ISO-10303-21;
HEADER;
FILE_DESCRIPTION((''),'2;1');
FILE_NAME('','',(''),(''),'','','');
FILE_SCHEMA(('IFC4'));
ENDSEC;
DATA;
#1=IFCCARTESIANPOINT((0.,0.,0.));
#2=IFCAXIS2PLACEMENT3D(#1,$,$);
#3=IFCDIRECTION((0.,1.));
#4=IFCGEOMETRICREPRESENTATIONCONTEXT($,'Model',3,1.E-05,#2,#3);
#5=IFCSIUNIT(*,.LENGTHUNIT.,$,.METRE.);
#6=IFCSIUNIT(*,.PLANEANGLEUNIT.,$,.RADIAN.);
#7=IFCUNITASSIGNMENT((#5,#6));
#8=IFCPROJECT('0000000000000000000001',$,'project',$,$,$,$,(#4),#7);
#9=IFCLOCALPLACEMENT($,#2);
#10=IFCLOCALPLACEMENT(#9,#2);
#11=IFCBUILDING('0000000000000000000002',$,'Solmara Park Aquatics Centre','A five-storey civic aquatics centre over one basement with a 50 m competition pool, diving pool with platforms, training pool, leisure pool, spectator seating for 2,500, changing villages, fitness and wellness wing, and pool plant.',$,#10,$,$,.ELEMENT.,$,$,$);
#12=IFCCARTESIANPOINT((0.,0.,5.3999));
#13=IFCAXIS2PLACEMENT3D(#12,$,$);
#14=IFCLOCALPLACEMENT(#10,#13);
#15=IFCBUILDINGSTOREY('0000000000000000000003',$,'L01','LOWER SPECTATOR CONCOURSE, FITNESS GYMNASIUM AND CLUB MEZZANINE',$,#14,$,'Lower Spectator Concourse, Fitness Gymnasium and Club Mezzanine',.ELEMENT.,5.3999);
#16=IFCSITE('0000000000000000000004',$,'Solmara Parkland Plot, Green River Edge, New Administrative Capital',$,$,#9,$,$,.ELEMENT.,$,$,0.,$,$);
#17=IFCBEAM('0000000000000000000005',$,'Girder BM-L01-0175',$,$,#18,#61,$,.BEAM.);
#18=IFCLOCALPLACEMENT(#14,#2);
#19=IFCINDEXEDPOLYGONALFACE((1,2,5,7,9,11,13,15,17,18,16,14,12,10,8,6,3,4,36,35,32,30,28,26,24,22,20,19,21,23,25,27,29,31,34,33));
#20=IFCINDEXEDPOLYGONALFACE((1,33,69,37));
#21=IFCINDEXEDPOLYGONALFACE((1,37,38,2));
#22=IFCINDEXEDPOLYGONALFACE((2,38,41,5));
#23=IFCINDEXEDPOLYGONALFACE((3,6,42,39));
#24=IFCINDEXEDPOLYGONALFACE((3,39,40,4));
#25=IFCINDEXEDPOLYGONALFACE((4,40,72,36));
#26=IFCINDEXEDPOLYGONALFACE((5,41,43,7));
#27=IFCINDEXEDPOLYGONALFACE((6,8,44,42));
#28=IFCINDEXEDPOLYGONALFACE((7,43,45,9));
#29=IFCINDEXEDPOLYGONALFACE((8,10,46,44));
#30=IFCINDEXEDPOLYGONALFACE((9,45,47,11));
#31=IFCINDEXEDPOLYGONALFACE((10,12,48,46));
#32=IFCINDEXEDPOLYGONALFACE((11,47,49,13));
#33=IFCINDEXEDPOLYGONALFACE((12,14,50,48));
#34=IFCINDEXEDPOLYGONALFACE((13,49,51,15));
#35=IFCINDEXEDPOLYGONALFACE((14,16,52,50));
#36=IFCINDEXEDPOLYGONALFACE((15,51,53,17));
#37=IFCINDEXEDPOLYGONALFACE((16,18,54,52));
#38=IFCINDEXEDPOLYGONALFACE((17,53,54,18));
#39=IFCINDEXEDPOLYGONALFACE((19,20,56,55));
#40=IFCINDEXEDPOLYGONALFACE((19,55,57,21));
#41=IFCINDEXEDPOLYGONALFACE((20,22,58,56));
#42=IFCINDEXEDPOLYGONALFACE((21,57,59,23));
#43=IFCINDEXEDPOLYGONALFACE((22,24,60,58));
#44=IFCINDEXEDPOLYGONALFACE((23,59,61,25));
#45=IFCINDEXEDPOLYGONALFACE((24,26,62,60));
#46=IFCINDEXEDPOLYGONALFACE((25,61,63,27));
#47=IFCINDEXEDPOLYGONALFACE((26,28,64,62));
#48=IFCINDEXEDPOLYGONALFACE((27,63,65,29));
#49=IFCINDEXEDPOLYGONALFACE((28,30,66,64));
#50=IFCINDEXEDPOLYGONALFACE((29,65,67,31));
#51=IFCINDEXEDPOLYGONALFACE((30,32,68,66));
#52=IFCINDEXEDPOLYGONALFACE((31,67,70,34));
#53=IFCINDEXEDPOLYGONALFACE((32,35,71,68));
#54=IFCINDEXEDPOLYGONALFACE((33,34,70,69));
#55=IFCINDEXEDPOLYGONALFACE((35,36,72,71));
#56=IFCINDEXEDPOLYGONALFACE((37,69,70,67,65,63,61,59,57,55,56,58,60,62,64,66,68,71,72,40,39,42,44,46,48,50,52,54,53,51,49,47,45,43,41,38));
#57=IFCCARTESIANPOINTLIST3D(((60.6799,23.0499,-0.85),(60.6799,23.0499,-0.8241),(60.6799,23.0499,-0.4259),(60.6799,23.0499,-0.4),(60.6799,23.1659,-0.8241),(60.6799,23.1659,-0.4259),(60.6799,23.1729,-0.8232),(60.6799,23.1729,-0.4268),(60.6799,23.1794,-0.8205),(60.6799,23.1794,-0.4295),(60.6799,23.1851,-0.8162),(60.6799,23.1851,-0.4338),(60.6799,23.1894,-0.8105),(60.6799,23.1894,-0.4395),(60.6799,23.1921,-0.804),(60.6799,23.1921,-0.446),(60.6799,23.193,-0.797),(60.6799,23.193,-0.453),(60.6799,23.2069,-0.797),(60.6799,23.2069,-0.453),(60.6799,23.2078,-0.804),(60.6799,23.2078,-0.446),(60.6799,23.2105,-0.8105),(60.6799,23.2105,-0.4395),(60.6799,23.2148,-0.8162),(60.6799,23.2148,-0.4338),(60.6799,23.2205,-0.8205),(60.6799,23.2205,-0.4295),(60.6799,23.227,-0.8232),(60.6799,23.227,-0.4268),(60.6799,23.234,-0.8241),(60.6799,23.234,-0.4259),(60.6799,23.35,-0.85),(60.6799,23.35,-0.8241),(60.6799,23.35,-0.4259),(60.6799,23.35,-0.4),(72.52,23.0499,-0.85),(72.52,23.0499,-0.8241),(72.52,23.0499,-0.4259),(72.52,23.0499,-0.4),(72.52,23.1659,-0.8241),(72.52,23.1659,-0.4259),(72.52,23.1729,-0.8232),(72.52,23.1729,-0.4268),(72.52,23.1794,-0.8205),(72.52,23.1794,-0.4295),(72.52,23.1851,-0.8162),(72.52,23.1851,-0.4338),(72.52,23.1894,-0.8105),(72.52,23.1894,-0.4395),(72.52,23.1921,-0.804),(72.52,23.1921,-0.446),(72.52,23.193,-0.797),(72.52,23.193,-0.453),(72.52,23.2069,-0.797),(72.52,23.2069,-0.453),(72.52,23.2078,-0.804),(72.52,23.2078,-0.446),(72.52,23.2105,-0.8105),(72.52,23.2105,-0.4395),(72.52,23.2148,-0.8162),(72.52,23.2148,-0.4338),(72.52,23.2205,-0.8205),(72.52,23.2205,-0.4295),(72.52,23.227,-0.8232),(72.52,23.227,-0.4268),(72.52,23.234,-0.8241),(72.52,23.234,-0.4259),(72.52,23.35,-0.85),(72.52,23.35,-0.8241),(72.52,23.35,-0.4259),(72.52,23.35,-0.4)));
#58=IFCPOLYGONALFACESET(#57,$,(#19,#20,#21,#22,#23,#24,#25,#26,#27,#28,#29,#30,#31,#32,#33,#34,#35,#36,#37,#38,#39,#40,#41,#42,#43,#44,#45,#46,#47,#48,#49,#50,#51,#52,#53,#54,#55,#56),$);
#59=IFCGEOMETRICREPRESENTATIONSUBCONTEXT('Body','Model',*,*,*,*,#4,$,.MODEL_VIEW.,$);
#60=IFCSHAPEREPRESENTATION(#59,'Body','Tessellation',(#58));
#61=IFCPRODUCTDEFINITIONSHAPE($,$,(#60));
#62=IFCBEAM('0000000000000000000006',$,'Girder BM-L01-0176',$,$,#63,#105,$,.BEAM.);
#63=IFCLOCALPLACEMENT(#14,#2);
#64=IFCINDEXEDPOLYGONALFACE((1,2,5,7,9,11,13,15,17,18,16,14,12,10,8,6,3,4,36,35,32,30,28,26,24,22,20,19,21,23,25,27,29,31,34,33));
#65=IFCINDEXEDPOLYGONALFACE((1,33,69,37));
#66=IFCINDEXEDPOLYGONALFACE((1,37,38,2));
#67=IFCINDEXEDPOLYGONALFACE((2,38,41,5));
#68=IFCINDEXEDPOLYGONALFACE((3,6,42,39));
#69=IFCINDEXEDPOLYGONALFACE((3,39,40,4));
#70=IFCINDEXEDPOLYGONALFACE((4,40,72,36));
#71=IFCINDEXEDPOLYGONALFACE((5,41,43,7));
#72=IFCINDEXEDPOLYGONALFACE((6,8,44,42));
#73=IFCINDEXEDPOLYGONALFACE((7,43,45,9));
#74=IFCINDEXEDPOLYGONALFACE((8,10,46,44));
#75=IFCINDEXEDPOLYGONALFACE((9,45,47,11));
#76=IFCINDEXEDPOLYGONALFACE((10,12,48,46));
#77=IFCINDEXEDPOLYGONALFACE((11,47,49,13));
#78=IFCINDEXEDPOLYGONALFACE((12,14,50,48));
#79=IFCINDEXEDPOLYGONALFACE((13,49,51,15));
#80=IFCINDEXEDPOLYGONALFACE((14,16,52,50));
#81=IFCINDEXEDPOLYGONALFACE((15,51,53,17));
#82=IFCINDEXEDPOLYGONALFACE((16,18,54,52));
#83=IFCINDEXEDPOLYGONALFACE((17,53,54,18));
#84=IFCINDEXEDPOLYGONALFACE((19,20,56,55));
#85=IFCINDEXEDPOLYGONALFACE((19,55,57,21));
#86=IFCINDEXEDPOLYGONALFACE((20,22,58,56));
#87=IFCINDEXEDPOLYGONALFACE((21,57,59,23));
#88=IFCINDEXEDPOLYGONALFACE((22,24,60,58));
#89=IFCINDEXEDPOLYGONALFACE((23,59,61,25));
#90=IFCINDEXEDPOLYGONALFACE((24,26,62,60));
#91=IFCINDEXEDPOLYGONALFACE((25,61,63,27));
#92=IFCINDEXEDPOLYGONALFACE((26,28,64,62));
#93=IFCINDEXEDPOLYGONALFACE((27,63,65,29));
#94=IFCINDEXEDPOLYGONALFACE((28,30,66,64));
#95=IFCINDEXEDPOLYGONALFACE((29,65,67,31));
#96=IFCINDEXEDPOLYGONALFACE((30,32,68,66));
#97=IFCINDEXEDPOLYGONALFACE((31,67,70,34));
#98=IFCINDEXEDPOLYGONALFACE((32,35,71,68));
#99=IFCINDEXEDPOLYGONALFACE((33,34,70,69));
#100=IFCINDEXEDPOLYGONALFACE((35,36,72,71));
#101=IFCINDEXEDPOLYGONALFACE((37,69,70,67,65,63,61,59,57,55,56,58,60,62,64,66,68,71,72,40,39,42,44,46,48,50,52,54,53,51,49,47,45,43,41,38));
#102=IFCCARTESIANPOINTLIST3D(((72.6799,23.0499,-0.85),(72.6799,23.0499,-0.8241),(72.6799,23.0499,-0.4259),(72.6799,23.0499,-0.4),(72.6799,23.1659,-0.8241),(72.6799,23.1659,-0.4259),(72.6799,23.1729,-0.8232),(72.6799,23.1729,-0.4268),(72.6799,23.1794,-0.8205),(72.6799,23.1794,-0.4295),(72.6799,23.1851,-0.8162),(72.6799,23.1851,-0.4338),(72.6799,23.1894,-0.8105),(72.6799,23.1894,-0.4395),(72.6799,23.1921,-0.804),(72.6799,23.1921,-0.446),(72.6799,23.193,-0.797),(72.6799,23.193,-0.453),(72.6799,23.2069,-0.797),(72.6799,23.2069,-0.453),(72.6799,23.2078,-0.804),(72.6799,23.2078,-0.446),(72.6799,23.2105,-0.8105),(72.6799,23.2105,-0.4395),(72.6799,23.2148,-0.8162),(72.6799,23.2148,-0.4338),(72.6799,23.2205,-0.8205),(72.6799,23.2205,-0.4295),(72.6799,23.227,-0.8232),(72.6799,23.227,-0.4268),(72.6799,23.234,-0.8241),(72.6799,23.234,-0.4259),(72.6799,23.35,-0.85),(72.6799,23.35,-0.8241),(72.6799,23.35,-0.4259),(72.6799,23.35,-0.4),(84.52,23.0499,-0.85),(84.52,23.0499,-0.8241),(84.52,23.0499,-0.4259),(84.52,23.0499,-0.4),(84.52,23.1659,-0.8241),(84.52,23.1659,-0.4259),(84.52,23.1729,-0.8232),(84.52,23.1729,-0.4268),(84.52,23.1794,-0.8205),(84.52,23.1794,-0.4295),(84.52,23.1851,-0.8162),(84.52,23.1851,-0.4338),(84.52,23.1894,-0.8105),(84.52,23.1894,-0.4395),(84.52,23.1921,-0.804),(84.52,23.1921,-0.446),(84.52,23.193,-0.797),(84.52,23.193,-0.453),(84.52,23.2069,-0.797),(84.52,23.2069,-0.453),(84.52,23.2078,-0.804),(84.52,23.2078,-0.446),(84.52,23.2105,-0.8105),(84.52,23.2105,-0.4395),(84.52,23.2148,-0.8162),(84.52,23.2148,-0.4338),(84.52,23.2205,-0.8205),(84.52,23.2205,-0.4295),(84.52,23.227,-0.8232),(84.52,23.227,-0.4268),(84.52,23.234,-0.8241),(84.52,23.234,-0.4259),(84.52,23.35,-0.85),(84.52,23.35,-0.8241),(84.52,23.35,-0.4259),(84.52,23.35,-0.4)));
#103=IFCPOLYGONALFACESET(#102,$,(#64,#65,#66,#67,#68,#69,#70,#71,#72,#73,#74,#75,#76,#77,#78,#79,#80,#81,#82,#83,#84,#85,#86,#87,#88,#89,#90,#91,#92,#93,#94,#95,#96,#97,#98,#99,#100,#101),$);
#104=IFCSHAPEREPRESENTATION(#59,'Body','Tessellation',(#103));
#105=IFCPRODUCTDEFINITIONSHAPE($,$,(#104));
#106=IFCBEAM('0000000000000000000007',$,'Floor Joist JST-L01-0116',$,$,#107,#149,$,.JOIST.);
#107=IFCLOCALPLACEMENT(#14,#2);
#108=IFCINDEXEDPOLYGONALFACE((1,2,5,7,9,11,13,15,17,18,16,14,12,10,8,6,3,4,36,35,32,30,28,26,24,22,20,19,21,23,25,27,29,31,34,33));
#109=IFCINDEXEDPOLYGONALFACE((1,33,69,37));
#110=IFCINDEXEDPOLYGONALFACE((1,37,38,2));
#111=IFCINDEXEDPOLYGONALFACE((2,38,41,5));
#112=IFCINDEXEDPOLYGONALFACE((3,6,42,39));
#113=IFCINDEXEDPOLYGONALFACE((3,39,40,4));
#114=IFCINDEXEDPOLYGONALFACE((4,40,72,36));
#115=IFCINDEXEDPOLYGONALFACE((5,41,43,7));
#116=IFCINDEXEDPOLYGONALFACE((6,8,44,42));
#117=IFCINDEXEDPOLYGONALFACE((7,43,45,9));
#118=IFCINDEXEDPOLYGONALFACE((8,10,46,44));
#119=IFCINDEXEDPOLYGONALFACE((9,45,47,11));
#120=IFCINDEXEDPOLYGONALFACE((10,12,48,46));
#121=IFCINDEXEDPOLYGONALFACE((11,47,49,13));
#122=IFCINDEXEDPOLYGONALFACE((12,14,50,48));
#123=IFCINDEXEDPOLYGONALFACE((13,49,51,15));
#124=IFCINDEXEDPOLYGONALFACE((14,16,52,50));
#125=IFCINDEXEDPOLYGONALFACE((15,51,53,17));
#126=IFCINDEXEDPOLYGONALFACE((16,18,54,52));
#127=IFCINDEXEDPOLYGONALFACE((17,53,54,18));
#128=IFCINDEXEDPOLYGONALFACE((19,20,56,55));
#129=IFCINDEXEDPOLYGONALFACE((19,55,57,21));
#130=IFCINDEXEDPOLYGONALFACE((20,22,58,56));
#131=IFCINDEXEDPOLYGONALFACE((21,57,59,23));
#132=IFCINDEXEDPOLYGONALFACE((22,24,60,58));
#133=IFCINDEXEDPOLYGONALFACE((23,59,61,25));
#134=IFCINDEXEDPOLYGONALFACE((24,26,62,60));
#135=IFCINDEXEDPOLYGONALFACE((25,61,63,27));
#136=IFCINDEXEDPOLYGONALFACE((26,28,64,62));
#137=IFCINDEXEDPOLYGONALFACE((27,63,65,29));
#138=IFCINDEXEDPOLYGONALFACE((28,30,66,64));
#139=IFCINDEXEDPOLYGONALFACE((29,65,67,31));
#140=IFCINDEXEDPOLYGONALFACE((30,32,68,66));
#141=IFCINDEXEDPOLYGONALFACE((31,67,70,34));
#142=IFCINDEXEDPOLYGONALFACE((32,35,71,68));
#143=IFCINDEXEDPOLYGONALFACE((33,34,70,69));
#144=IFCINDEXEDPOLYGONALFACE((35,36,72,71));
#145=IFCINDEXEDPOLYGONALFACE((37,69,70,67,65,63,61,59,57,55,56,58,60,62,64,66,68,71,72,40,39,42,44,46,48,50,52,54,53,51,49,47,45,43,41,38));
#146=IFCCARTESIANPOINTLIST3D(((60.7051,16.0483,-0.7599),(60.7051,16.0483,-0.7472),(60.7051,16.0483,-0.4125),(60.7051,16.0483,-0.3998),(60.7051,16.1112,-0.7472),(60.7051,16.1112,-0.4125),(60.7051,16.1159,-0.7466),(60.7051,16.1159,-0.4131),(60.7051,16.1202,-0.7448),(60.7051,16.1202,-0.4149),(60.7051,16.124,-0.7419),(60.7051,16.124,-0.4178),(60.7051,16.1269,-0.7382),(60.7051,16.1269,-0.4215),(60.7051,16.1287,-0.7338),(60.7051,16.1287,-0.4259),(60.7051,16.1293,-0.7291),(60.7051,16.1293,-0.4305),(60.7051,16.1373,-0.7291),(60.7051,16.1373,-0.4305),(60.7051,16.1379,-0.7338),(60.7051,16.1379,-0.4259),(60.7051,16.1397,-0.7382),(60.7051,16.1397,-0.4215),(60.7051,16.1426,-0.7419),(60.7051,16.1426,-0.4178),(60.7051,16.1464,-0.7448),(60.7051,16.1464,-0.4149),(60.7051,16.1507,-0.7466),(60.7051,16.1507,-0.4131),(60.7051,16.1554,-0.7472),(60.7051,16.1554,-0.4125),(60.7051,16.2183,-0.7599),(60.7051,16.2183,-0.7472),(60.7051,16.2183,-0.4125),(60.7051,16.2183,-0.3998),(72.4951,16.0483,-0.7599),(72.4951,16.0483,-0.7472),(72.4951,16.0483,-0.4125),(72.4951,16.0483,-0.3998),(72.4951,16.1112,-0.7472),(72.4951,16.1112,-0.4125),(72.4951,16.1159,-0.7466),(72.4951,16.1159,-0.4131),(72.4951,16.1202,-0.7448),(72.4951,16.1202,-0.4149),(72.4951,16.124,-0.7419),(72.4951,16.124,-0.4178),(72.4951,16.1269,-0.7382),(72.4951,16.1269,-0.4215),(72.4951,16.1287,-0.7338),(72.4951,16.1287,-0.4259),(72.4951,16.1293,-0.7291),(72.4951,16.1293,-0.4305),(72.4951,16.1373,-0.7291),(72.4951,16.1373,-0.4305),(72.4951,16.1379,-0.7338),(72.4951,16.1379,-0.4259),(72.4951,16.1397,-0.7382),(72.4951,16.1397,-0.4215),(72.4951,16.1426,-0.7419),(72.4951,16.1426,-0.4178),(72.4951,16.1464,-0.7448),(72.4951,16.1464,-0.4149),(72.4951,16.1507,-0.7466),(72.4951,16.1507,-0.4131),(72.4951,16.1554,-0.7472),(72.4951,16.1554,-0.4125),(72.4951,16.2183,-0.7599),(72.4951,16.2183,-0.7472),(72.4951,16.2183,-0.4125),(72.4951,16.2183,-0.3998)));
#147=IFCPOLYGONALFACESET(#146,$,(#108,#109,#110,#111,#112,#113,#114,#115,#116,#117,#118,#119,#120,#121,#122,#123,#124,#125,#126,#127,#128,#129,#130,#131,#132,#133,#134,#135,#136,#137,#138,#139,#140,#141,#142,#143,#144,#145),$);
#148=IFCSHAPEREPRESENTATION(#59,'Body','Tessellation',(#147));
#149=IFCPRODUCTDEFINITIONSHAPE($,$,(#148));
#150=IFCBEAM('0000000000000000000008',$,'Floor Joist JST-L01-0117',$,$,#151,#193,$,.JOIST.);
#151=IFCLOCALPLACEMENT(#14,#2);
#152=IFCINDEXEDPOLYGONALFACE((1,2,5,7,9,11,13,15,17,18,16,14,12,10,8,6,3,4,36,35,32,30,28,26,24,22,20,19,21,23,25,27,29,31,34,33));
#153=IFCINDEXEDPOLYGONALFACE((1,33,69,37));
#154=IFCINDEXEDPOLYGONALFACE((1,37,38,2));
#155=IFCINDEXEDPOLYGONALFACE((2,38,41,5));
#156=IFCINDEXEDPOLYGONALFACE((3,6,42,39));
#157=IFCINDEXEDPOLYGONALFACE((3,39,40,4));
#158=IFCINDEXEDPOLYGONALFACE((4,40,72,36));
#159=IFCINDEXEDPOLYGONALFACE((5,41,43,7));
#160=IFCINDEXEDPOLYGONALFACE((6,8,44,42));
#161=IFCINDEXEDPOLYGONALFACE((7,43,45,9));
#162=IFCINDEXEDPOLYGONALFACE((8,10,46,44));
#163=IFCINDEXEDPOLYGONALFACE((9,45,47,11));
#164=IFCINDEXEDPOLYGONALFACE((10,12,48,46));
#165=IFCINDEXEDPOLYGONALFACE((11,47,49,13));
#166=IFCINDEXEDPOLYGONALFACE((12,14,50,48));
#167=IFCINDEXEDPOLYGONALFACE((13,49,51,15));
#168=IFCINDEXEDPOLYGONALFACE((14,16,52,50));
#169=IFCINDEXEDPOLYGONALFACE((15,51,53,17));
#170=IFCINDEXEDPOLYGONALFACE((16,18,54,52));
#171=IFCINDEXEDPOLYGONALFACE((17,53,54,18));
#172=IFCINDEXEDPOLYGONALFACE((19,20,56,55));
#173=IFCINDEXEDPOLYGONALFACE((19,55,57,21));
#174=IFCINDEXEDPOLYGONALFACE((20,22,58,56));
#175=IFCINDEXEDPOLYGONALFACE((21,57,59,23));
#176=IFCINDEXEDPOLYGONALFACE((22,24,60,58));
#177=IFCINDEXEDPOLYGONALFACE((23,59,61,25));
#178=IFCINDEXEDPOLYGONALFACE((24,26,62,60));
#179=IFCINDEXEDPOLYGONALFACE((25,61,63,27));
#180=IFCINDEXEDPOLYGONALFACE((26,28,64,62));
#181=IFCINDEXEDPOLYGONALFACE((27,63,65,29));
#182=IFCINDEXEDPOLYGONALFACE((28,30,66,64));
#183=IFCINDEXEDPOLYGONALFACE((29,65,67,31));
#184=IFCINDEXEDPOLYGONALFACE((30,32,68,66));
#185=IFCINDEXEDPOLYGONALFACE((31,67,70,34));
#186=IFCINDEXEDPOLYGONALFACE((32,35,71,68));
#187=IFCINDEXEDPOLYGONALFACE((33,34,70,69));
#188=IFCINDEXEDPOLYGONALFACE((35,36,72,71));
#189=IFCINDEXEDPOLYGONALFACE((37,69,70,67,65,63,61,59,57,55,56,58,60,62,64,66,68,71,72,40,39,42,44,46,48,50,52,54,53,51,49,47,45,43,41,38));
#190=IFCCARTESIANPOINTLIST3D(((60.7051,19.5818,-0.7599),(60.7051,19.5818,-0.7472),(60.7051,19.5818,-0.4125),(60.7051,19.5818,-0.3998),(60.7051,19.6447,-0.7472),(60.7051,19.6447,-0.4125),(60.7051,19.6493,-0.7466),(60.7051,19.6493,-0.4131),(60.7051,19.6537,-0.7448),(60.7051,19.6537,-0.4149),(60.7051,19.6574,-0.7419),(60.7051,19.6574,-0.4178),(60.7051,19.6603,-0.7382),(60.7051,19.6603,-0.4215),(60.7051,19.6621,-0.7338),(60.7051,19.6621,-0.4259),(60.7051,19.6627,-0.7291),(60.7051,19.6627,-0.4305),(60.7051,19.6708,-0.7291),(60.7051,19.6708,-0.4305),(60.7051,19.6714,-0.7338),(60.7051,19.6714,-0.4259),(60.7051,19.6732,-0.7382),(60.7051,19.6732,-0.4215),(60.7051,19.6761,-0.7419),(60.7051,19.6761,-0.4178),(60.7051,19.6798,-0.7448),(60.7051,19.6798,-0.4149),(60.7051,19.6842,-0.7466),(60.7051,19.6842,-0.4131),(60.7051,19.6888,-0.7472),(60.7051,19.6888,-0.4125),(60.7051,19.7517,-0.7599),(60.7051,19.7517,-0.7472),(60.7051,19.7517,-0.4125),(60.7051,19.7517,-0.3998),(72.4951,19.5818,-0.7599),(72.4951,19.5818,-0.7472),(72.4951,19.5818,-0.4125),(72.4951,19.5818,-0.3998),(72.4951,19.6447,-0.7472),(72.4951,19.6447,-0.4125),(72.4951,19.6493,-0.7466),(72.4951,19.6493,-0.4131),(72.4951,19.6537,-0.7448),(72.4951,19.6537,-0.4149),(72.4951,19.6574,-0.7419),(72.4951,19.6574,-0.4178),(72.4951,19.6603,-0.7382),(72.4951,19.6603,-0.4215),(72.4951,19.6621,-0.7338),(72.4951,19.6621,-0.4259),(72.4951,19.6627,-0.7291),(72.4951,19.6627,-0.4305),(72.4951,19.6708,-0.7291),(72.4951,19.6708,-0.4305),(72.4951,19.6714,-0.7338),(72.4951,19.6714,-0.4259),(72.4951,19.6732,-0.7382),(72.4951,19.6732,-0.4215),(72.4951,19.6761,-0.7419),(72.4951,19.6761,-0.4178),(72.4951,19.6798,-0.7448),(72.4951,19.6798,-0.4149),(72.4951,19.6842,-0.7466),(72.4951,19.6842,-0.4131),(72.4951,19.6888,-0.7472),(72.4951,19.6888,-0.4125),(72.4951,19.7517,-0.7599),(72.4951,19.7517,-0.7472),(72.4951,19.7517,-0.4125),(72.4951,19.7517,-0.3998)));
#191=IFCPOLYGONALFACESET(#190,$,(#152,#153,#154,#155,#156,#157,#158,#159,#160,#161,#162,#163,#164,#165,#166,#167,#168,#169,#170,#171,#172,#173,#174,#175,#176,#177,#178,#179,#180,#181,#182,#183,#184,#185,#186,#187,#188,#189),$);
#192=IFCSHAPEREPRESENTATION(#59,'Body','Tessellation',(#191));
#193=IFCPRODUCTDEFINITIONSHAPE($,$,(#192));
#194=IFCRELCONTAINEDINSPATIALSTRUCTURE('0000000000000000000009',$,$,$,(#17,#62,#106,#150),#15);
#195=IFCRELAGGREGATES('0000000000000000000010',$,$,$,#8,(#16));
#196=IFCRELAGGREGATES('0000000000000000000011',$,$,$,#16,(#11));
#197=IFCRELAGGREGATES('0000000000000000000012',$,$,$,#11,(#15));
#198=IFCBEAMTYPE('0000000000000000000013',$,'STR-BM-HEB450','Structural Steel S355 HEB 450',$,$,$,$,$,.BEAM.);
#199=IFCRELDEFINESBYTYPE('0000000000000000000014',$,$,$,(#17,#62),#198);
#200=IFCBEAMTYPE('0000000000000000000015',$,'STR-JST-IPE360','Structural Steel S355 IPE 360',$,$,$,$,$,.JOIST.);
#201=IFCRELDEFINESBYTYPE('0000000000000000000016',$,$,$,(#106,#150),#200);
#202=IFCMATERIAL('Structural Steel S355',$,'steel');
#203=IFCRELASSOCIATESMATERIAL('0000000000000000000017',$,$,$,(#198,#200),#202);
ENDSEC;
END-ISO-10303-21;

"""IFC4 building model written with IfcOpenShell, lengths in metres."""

from ifc_helpers import new_model, si_unit, direction, frame, origin, origin_2d, place, context, subcontext, project, spatial, i_section, extrude, material, material_profile, profile_set, type_object, element, save


model = new_model("IFC4")

# Units and contexts
model_context = context("Model", 3, precision=1e-05, world=origin(), true_north=direction((0.0, 1.0)))
body_context = subcontext(model_context, "Body", "Model", "MODEL_VIEW")
ifc_project = project(units=[si_unit("LENGTHUNIT", "METRE"), si_unit("PLANEANGLEUNIT", "RADIAN")], contexts=[model_context])

# Site, building, storey
site_placement = place(None, origin())
site = spatial("IfcSite", under=ifc_project, at=site_placement, Name="Solmara Parkland Plot, Green River Edge, New Administrative Capital", CompositionType="ELEMENT", RefElevation=0.0)
building_placement = place(site_placement, origin())
building = spatial("IfcBuilding", under=site, at=building_placement, Name="Solmara Park Aquatics Centre", Description="A five-storey civic aquatics centre over one basement with a 50 m competition pool, diving pool with platforms, training pool, leisure pool, spectator seating for 2,500, changing villages, fitness and wellness wing, and pool plant.", CompositionType="ELEMENT")
storey_placement = place(building_placement, frame((0.0, 0.0, 5.3999)))
storey = spatial("IfcBuildingStorey", under=building, at=storey_placement, Name="L01", Description="LOWER SPECTATOR CONCOURSE, FITNESS GYMNASIUM AND CLUB MEZZANINE", LongName="Lower Spectator Concourse, Fitness Gymnasium and Club Mezzanine", CompositionType="ELEMENT", Elevation=5.3999)

# Shared definitions
ifc_material_1 = material(Name="Structural Steel S355", Category="steel")

# Beams
ifc_material_profile_1 = material_profile(ifc_material_1, i_section(OverallWidth=0.3, OverallDepth=0.45, WebThickness=0.0139, FlangeThickness=0.0259, FilletRadius=0.0271, at=origin_2d()), Name="HEB 450")
ifc_profile_set_1 = profile_set([ifc_material_profile_1], Name="Structural Steel S355")
beam_type_1 = type_object("IfcBeamType", Name="STR-BM-HEB450", Description="Structural Steel S355 HEB 450", PredefinedType="BEAM", material=ifc_profile_set_1)
for number, where, z_axis, x_axis, name in (
    (1, (60.6799, 23.2, -0.625), (1.0, 0.0, 0.0), (0.0, 1.0, 0.0), "Girder BM-L01-0175"),
    (2, (72.6799, 23.2, -0.625), (1.0, 0.0, 0.0), (0.0, 1.0, 0.0), "Girder BM-L01-0176"),
):
    element("IfcBeam", number, at=place(storey_placement, frame(where, z_axis=z_axis, x_axis=x_axis)), inside=storey, type_object=beam_type_1, Name=name, PredefinedType="BEAM", context=body_context, shape_type="SweptSolid", body=[
        extrude(i_section(OverallWidth=0.3, OverallDepth=0.45, WebThickness=0.0139, FlangeThickness=0.0259, FilletRadius=0.0271, at=origin_2d()), origin(), (0.0, 0.0, 1.0), 11.8401),
    ])
ifc_material_profile_2 = material_profile(ifc_material_1, i_section(OverallWidth=0.1699, OverallDepth=0.3601, WebThickness=0.0081, FlangeThickness=0.0127, FilletRadius=0.0181, at=origin_2d()), Name="IPE 360")
ifc_profile_set_2 = profile_set([ifc_material_profile_2], Name="Structural Steel S355")
beam_type_2 = type_object("IfcBeamType", Name="STR-JST-IPE360", Description="Structural Steel S355 IPE 360", PredefinedType="JOIST", material=ifc_profile_set_2)
for number, where, z_axis, x_axis, name in (
    (3, (60.7051, 16.1333, -0.5798), (1.0, 0.0, 0.0), (0.0, 1.0, 0.0), "Floor Joist JST-L01-0116"),
    (4, (60.7051, 19.6667, -0.5798), (1.0, 0.0, 0.0), (0.0, 1.0, 0.0), "Floor Joist JST-L01-0117"),
):
    element("IfcBeam", number, at=place(storey_placement, frame(where, z_axis=z_axis, x_axis=x_axis)), inside=storey, type_object=beam_type_2, Name=name, PredefinedType="JOIST", context=body_context, shape_type="SweptSolid", body=[
        extrude(i_section(OverallWidth=0.1699, OverallDepth=0.3601, WebThickness=0.0081, FlangeThickness=0.0127, FilletRadius=0.0181, at=origin_2d()), origin(), (0.0, 0.0, 1.0), 11.79),
    ])

save(model, "model.ifc")
